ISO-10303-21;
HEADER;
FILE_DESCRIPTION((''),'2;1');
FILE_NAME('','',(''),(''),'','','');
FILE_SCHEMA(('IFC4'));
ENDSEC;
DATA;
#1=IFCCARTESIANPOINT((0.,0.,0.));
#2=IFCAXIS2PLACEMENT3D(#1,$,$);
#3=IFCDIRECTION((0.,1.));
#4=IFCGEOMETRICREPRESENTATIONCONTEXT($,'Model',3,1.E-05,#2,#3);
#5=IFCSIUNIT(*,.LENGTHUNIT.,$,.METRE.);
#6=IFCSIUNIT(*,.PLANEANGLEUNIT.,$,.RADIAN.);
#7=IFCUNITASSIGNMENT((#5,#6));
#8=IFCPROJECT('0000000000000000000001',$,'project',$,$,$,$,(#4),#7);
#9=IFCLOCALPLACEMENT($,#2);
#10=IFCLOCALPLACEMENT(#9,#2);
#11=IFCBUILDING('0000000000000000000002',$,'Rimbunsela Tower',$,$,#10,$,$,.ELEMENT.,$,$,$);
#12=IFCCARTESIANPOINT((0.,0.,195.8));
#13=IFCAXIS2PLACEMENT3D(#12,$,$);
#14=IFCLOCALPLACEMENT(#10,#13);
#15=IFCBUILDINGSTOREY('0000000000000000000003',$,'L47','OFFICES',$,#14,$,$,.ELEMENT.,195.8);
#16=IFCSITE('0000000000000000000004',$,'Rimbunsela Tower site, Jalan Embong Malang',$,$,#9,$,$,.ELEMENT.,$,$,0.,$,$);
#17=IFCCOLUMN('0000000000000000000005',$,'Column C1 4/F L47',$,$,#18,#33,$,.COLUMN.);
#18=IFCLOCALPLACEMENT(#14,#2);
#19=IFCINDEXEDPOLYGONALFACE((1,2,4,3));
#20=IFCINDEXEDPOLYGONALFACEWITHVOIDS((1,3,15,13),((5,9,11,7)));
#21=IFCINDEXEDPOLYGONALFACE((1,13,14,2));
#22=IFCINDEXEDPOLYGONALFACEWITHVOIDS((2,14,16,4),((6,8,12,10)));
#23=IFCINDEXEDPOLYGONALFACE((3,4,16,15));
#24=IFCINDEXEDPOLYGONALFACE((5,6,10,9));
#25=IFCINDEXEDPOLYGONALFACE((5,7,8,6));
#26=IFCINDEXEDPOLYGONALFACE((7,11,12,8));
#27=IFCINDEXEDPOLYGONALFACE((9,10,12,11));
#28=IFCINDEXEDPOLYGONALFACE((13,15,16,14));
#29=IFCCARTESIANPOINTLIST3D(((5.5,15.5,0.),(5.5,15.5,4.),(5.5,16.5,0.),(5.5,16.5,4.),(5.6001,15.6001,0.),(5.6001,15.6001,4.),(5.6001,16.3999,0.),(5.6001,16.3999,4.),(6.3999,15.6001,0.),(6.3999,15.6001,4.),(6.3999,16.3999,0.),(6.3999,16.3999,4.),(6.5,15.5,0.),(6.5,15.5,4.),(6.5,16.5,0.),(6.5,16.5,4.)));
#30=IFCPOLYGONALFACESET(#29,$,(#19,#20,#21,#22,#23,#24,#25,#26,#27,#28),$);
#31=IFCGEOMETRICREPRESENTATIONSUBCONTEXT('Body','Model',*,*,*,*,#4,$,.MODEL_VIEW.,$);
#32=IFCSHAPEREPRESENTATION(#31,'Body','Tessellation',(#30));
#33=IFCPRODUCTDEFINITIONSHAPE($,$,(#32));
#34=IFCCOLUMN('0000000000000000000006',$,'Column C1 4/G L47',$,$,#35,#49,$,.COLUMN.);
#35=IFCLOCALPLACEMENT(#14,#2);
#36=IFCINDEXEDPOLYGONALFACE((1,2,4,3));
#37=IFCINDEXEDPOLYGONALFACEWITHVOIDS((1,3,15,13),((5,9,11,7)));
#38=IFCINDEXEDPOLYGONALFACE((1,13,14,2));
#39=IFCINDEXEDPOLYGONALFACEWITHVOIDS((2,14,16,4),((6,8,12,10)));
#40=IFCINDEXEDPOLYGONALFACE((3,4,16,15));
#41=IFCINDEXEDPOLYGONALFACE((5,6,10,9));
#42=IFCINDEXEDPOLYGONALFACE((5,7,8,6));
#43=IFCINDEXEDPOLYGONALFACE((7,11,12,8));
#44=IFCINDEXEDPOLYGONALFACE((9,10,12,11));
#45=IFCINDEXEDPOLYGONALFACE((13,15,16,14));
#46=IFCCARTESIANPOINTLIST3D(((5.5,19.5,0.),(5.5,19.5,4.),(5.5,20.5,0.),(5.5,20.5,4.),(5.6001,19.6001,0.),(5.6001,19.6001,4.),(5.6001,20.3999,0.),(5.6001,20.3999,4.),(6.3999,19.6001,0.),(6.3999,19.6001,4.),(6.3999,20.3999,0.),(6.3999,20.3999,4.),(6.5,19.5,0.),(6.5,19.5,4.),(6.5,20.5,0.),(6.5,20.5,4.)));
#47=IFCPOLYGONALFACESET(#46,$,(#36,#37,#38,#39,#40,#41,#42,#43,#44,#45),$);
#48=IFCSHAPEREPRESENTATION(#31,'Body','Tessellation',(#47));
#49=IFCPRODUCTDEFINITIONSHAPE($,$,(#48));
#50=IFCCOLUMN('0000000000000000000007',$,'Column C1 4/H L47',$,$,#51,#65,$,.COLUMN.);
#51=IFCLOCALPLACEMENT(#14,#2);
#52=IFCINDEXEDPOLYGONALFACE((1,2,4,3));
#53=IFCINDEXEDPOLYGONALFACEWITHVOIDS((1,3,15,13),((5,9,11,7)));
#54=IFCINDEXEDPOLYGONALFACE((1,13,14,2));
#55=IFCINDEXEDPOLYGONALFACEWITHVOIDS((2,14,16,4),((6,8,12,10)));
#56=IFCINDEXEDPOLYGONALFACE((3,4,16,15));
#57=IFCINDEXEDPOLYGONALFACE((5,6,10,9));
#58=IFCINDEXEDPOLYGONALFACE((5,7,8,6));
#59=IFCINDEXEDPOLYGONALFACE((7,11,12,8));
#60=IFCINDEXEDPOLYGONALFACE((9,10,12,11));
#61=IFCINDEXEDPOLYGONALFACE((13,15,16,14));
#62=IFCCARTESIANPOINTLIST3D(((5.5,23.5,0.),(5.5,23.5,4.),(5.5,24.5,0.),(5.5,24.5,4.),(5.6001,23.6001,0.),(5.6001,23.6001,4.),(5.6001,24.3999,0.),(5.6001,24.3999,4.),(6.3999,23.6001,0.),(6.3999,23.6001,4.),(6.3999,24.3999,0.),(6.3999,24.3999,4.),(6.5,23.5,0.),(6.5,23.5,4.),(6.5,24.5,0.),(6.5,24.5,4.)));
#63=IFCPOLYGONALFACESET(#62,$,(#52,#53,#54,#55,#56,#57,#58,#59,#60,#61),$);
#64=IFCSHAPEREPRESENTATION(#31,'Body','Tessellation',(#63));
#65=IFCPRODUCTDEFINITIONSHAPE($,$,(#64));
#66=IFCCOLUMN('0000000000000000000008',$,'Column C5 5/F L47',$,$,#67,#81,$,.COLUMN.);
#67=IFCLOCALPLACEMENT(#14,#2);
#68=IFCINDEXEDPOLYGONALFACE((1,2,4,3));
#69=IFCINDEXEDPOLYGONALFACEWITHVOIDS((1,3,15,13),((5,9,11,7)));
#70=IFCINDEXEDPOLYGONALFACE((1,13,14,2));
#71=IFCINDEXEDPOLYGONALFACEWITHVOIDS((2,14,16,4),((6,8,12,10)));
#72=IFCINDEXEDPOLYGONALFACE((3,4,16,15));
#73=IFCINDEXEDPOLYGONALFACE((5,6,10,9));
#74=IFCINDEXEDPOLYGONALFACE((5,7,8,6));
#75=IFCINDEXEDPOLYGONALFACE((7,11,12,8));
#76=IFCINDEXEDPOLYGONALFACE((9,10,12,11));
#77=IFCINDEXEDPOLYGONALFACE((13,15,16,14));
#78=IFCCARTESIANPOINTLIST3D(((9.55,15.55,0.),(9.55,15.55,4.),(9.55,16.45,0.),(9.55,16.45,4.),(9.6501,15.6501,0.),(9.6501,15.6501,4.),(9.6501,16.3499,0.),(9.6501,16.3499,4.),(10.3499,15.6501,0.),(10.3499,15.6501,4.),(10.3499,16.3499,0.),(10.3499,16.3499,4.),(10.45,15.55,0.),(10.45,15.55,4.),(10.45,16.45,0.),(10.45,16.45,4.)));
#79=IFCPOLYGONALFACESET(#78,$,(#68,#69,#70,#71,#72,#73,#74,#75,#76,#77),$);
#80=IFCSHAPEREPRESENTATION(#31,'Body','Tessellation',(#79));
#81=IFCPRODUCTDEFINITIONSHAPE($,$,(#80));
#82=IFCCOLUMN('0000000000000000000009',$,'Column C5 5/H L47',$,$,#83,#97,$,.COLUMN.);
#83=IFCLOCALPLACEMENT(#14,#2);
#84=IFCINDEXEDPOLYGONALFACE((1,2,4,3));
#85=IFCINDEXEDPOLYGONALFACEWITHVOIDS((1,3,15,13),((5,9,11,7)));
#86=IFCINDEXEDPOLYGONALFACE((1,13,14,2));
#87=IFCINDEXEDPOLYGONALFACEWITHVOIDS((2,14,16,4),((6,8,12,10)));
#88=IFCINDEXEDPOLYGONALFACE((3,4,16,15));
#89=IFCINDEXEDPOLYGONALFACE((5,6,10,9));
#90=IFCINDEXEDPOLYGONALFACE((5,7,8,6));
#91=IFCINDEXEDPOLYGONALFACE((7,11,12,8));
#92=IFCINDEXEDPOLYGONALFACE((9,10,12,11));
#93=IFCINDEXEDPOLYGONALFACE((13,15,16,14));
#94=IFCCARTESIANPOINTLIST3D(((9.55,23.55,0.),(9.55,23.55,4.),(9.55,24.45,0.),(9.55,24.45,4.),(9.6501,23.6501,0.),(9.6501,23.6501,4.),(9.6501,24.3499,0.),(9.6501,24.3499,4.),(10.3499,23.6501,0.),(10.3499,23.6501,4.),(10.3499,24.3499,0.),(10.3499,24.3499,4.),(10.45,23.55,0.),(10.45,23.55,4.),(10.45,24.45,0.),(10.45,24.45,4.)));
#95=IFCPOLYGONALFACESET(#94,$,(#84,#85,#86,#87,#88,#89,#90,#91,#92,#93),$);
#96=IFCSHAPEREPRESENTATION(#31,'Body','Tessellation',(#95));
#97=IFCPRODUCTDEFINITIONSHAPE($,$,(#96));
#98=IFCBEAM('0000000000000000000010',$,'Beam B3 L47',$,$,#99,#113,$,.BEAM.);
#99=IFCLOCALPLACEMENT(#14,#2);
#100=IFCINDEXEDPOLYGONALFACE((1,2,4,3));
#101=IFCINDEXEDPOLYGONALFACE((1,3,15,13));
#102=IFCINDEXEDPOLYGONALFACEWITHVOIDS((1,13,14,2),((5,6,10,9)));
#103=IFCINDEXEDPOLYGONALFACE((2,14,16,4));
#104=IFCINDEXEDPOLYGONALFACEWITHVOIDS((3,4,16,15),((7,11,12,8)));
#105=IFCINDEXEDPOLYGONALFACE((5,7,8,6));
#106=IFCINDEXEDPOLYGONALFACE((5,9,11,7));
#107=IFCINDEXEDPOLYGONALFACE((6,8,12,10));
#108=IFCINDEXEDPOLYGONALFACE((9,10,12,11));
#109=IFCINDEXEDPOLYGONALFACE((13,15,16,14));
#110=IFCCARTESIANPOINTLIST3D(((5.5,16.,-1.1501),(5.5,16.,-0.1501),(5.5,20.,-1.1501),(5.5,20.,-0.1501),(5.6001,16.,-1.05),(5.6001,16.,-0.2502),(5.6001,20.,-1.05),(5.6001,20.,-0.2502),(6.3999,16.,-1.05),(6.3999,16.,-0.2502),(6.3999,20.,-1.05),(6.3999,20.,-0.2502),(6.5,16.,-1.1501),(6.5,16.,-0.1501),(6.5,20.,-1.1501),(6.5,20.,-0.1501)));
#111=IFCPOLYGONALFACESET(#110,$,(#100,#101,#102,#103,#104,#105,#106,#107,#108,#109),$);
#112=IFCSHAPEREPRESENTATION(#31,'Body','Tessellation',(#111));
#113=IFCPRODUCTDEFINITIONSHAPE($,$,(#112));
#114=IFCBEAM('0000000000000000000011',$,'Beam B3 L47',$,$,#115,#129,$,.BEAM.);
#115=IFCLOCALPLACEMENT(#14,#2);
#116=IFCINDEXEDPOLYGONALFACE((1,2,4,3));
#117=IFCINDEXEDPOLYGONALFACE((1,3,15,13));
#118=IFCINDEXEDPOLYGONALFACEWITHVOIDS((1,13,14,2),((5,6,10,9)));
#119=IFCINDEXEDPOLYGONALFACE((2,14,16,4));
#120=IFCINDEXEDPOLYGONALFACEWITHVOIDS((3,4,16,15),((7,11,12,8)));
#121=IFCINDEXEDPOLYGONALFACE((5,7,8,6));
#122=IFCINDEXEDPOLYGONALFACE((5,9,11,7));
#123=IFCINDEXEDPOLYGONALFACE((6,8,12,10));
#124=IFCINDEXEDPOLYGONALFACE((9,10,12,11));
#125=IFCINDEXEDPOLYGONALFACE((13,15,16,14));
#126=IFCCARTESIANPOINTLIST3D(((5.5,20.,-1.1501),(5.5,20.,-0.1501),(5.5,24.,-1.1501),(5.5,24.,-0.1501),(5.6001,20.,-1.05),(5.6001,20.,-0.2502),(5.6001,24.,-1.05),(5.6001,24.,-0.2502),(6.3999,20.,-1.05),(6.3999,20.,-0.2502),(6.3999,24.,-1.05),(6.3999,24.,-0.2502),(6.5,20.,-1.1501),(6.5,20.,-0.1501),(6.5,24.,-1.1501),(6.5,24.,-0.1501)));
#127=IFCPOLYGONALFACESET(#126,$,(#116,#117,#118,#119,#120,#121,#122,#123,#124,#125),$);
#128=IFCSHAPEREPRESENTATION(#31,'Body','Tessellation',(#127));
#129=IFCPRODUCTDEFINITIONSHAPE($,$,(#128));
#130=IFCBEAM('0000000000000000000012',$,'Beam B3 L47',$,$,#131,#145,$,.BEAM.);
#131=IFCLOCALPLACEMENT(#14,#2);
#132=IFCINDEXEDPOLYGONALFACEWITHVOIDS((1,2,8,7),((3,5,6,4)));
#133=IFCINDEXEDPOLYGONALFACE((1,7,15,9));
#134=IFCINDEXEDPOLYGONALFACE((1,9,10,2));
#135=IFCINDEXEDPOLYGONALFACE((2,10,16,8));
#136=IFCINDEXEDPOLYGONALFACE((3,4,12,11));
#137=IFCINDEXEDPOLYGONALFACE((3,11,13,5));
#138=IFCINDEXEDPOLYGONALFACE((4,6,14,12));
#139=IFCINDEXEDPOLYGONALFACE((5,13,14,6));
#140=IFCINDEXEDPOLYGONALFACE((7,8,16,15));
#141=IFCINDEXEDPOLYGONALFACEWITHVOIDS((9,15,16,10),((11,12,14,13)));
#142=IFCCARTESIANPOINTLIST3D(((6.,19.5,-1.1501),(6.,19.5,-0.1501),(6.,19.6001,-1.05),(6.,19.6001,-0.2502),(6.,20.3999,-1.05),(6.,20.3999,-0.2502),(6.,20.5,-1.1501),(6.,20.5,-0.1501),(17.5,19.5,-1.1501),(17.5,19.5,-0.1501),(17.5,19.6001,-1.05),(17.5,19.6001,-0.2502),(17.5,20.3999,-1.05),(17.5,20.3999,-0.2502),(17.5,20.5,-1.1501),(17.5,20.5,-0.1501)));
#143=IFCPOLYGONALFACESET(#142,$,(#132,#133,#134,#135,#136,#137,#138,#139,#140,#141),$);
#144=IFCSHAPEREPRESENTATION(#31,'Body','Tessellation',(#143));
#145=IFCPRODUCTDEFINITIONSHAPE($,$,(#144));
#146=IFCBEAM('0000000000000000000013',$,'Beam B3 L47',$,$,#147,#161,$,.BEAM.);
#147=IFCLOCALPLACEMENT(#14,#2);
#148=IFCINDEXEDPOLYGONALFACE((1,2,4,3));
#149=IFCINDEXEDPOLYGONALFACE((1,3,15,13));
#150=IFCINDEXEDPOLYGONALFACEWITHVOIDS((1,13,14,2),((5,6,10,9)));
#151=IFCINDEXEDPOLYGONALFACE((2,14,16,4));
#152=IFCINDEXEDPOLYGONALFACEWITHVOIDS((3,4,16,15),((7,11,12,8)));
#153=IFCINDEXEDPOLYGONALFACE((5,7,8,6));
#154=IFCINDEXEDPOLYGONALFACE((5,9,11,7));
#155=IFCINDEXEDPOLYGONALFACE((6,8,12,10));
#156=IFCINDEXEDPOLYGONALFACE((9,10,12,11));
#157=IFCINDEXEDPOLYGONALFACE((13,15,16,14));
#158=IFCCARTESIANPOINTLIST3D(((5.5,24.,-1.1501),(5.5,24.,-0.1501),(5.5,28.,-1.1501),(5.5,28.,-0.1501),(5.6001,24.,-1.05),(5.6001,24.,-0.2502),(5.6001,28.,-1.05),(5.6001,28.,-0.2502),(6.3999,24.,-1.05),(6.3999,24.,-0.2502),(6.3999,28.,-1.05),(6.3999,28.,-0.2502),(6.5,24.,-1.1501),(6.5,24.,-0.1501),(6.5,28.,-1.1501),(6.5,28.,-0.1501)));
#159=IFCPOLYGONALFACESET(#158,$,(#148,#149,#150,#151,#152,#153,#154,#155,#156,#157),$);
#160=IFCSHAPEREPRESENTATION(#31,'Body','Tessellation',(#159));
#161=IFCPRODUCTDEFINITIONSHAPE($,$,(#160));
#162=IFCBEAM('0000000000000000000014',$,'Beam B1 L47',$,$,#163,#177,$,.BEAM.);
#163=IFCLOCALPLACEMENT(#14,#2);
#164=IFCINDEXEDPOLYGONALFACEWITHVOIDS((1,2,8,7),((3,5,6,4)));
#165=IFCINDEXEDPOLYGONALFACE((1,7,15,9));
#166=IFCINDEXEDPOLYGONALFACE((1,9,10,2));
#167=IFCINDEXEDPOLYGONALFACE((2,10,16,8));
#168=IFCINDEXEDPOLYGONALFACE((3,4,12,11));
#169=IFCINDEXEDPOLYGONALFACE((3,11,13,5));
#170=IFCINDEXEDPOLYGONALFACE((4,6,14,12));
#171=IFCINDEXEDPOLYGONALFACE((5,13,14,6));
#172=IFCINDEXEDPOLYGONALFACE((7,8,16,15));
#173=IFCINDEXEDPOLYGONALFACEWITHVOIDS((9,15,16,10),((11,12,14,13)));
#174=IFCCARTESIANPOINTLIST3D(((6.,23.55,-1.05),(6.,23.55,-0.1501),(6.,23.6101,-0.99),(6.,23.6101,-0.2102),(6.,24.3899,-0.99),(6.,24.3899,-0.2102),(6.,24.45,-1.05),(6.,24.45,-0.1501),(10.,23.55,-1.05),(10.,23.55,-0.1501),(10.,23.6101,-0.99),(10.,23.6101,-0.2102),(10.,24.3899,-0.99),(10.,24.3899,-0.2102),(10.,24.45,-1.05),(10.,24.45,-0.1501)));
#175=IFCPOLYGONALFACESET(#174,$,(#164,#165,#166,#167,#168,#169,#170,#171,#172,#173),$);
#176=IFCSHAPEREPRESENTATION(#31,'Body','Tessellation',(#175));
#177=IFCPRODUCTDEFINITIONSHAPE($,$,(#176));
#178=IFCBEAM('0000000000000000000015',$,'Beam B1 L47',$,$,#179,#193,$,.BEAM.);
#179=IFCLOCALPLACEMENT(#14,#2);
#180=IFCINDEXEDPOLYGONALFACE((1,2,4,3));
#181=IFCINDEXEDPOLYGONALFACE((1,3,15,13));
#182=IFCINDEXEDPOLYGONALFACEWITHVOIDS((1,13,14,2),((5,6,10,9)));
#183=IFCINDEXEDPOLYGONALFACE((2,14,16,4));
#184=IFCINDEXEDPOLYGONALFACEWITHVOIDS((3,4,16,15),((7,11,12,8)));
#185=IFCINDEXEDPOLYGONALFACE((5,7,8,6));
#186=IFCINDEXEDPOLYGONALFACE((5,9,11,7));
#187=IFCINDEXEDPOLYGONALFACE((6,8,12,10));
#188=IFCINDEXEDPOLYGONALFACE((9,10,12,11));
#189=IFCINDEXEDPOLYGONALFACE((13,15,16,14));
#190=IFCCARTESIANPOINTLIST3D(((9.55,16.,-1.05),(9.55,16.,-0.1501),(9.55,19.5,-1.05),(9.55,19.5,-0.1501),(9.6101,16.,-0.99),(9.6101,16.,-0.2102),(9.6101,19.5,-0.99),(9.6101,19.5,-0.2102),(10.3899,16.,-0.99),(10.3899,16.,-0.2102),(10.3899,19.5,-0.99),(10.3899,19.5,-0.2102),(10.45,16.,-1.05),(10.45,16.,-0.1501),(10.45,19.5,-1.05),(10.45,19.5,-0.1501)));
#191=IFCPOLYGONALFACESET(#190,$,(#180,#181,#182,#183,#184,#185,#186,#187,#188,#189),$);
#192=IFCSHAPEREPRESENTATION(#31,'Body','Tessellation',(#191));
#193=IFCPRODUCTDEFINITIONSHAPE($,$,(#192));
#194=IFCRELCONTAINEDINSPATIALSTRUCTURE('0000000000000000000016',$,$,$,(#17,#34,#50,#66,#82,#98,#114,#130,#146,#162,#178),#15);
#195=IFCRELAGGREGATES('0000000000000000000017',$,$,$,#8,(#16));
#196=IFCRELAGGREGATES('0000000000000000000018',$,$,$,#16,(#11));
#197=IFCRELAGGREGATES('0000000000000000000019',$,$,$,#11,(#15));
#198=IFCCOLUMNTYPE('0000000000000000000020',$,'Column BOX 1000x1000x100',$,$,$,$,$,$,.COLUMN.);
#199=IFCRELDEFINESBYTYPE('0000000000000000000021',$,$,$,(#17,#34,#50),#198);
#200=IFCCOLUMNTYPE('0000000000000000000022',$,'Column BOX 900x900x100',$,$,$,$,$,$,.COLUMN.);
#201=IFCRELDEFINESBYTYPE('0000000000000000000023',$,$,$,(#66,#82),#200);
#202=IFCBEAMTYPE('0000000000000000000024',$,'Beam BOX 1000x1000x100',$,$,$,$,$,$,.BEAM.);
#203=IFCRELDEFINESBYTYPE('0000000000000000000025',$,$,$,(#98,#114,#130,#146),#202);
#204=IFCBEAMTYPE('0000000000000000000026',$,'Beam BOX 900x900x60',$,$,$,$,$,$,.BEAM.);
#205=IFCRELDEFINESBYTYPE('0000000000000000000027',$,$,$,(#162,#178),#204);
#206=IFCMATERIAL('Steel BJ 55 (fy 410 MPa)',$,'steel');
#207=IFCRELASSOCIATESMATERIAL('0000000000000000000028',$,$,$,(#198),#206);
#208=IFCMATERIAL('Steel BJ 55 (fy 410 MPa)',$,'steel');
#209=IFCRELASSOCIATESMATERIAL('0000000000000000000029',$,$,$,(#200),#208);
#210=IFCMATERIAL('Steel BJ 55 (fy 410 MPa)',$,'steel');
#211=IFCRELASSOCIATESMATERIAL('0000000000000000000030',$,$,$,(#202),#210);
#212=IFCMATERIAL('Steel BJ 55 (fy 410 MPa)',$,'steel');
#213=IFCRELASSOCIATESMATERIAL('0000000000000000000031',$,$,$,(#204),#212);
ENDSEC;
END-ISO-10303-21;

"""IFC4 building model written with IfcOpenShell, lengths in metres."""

from ifc_helpers import new_model, si_unit, direction, frame, origin, origin_2d, place, context, subcontext, project, spatial, hollow_rectangle, extrude, material, material_profile, profile_set, type_object, element, save


model = new_model("IFC4")

# Units and contexts
model_context = context("Model", 3, precision=1e-05, world=origin(), true_north=direction((0.0, 1.0)))
body_context = subcontext(model_context, "Body", "Model", "MODEL_VIEW")
ifc_project = project(units=[si_unit("LENGTHUNIT", "METRE"), si_unit("PLANEANGLEUNIT", "RADIAN")], contexts=[model_context])

# Site, building, storey
site_placement = place(None, origin())
site = spatial("IfcSite", under=ifc_project, at=site_placement, Name="Rimbunsela Tower site, Jalan Embong Malang", CompositionType="ELEMENT", RefElevation=0.0)
building_placement = place(site_placement, origin())
building = spatial("IfcBuilding", under=site, at=building_placement, Name="Rimbunsela Tower", CompositionType="ELEMENT")
storey_placement = place(building_placement, frame((0.0, 0.0, 195.8)))
storey = spatial("IfcBuildingStorey", under=building, at=storey_placement, Name="L47", Description="OFFICES", CompositionType="ELEMENT", Elevation=195.8)

# Columns
ifc_material_1 = material(Name="Steel BJ 55 (fy 410 MPa)", Category="steel")
ifc_material_profile_1 = material_profile(ifc_material_1, hollow_rectangle(XDim=1.0, YDim=1.0, WallThickness=0.1001, at=origin_2d()), Name="BOX 1000x1000x100")
ifc_profile_set_1 = profile_set([ifc_material_profile_1], Name="Steel BJ 55 (fy 410 MPa)")
column_type_1 = type_object("IfcColumnType", Name="Column BOX 1000x1000x100", PredefinedType="COLUMN", material=ifc_profile_set_1)
for number, where, z_axis, x_axis, name in (
    (1, (6.0, 16.0, 0.0), (0.0, 0.0, 1.0), (1.0, 0.0, 0.0), "Column C1 4/F L47"),
    (2, (6.0, 20.0, 0.0), (0.0, 0.0, 1.0), (1.0, 0.0, 0.0), "Column C1 4/G L47"),
    (3, (6.0, 24.0, 0.0), (0.0, 0.0, 1.0), (1.0, 0.0, 0.0), "Column C1 4/H L47"),
):
    element("IfcColumn", number, at=place(storey_placement, frame(where, z_axis=z_axis, x_axis=x_axis)), inside=storey, type_object=column_type_1, Name=name, PredefinedType="COLUMN", context=body_context, shape_type="SweptSolid", body=[
        extrude(hollow_rectangle(XDim=1.0, YDim=1.0, WallThickness=0.1001, at=origin_2d()), origin(), (0.0, 0.0, 1.0), 4.0),
    ])
ifc_material_2 = material(Name="Steel BJ 55 (fy 410 MPa)", Category="steel")
ifc_material_profile_2 = material_profile(ifc_material_2, hollow_rectangle(XDim=0.8999, YDim=0.8999, WallThickness=0.1001, at=origin_2d()), Name="BOX 900x900x100")
ifc_profile_set_2 = profile_set([ifc_material_profile_2], Name="Steel BJ 55 (fy 410 MPa)")
column_type_2 = type_object("IfcColumnType", Name="Column BOX 900x900x100", PredefinedType="COLUMN", material=ifc_profile_set_2)
for number, where, z_axis, x_axis, name in (
    (4, (10.0, 16.0, 0.0), (0.0, 0.0, 1.0), (1.0, 0.0, 0.0), "Column C5 5/F L47"),
    (5, (10.0, 24.0, 0.0), (0.0, 0.0, 1.0), (1.0, 0.0, 0.0), "Column C5 5/H L47"),
):
    element("IfcColumn", number, at=place(storey_placement, frame(where, z_axis=z_axis, x_axis=x_axis)), inside=storey, type_object=column_type_2, Name=name, PredefinedType="COLUMN", context=body_context, shape_type="SweptSolid", body=[
        extrude(hollow_rectangle(XDim=0.8999, YDim=0.8999, WallThickness=0.1001, at=origin_2d()), origin(), (0.0, 0.0, 1.0), 4.0),
    ])

# Beams
ifc_material_3 = material(Name="Steel BJ 55 (fy 410 MPa)", Category="steel")
ifc_material_profile_3 = material_profile(ifc_material_3, hollow_rectangle(XDim=1.0, YDim=1.0, WallThickness=0.1001, at=origin_2d()), Name="BOX 1000x1000x100")
ifc_profile_set_3 = profile_set([ifc_material_profile_3], Name="Steel BJ 55 (fy 410 MPa)")
beam_type_1 = type_object("IfcBeamType", Name="Beam BOX 1000x1000x100", PredefinedType="BEAM", material=ifc_profile_set_3)
for number, where, z_axis, x_axis, name in (
    (6, (6.0, 16.0, -0.6501), (0.0, 1.0, 0.0), (-1.0, 0.0, 0.0), "Beam B3 L47"),
    (7, (6.0, 20.0, -0.6501), (0.0, 1.0, 0.0), (-1.0, 0.0, 0.0), "Beam B3 L47"),
):
    element("IfcBeam", number, at=place(storey_placement, frame(where, z_axis=z_axis, x_axis=x_axis)), inside=storey, type_object=beam_type_1, Name=name, PredefinedType="BEAM", context=body_context, shape_type="SweptSolid", body=[
        extrude(hollow_rectangle(XDim=1.0, YDim=1.0, WallThickness=0.1001, at=origin_2d()), origin(), (0.0, 0.0, 1.0), 4.0),
    ])
beam_1_placement = place(storey_placement, frame((6.0, 20.0, -0.6501), z_axis=(1.0, 0.0, 0.0), x_axis=(0.0, 1.0, 0.0)))
element("IfcBeam", 8, at=beam_1_placement, inside=storey, type_object=beam_type_1, Name="Beam B3 L47", PredefinedType="BEAM", context=body_context, shape_type="SweptSolid", body=[
    extrude(hollow_rectangle(XDim=1.0, YDim=1.0, WallThickness=0.1001, at=origin_2d()), origin(), (0.0, 0.0, 1.0), 11.5),
])
beam_2_placement = place(storey_placement, frame((6.0, 24.0, -0.6501), z_axis=(0.0, 1.0, 0.0), x_axis=(-1.0, 0.0, 0.0)))
element("IfcBeam", 9, at=beam_2_placement, inside=storey, type_object=beam_type_1, Name="Beam B3 L47", PredefinedType="BEAM", context=body_context, shape_type="SweptSolid", body=[
    extrude(hollow_rectangle(XDim=1.0, YDim=1.0, WallThickness=0.1001, at=origin_2d()), origin(), (0.0, 0.0, 1.0), 4.0),
])
ifc_material_4 = material(Name="Steel BJ 55 (fy 410 MPa)", Category="steel")
ifc_material_profile_4 = material_profile(ifc_material_4, hollow_rectangle(XDim=0.8999, YDim=0.8999, WallThickness=0.0601, at=origin_2d()), Name="BOX 900x900x60")
ifc_profile_set_4 = profile_set([ifc_material_profile_4], Name="Steel BJ 55 (fy 410 MPa)")
beam_type_2 = type_object("IfcBeamType", Name="Beam BOX 900x900x60", PredefinedType="BEAM", material=ifc_profile_set_4)
beam_3_placement = place(storey_placement, frame((6.0, 24.0, -0.6001), z_axis=(1.0, 0.0, 0.0), x_axis=(0.0, 1.0, 0.0)))
element("IfcBeam", 10, at=beam_3_placement, inside=storey, type_object=beam_type_2, Name="Beam B1 L47", PredefinedType="BEAM", context=body_context, shape_type="SweptSolid", body=[
    extrude(hollow_rectangle(XDim=0.8999, YDim=0.8999, WallThickness=0.0601, at=origin_2d()), origin(), (0.0, 0.0, 1.0), 4.0),
])
beam_4_placement = place(storey_placement, frame((10.0, 16.0, -0.6001), z_axis=(0.0, 1.0, 0.0), x_axis=(-1.0, 0.0, 0.0)))
element("IfcBeam", 11, at=beam_4_placement, inside=storey, type_object=beam_type_2, Name="Beam B1 L47", PredefinedType="BEAM", context=body_context, shape_type="SweptSolid", body=[
    extrude(hollow_rectangle(XDim=0.8999, YDim=0.8999, WallThickness=0.0601, at=origin_2d()), origin(), (0.0, 0.0, 1.0), 3.5),
])

save(model, "model.ifc")
